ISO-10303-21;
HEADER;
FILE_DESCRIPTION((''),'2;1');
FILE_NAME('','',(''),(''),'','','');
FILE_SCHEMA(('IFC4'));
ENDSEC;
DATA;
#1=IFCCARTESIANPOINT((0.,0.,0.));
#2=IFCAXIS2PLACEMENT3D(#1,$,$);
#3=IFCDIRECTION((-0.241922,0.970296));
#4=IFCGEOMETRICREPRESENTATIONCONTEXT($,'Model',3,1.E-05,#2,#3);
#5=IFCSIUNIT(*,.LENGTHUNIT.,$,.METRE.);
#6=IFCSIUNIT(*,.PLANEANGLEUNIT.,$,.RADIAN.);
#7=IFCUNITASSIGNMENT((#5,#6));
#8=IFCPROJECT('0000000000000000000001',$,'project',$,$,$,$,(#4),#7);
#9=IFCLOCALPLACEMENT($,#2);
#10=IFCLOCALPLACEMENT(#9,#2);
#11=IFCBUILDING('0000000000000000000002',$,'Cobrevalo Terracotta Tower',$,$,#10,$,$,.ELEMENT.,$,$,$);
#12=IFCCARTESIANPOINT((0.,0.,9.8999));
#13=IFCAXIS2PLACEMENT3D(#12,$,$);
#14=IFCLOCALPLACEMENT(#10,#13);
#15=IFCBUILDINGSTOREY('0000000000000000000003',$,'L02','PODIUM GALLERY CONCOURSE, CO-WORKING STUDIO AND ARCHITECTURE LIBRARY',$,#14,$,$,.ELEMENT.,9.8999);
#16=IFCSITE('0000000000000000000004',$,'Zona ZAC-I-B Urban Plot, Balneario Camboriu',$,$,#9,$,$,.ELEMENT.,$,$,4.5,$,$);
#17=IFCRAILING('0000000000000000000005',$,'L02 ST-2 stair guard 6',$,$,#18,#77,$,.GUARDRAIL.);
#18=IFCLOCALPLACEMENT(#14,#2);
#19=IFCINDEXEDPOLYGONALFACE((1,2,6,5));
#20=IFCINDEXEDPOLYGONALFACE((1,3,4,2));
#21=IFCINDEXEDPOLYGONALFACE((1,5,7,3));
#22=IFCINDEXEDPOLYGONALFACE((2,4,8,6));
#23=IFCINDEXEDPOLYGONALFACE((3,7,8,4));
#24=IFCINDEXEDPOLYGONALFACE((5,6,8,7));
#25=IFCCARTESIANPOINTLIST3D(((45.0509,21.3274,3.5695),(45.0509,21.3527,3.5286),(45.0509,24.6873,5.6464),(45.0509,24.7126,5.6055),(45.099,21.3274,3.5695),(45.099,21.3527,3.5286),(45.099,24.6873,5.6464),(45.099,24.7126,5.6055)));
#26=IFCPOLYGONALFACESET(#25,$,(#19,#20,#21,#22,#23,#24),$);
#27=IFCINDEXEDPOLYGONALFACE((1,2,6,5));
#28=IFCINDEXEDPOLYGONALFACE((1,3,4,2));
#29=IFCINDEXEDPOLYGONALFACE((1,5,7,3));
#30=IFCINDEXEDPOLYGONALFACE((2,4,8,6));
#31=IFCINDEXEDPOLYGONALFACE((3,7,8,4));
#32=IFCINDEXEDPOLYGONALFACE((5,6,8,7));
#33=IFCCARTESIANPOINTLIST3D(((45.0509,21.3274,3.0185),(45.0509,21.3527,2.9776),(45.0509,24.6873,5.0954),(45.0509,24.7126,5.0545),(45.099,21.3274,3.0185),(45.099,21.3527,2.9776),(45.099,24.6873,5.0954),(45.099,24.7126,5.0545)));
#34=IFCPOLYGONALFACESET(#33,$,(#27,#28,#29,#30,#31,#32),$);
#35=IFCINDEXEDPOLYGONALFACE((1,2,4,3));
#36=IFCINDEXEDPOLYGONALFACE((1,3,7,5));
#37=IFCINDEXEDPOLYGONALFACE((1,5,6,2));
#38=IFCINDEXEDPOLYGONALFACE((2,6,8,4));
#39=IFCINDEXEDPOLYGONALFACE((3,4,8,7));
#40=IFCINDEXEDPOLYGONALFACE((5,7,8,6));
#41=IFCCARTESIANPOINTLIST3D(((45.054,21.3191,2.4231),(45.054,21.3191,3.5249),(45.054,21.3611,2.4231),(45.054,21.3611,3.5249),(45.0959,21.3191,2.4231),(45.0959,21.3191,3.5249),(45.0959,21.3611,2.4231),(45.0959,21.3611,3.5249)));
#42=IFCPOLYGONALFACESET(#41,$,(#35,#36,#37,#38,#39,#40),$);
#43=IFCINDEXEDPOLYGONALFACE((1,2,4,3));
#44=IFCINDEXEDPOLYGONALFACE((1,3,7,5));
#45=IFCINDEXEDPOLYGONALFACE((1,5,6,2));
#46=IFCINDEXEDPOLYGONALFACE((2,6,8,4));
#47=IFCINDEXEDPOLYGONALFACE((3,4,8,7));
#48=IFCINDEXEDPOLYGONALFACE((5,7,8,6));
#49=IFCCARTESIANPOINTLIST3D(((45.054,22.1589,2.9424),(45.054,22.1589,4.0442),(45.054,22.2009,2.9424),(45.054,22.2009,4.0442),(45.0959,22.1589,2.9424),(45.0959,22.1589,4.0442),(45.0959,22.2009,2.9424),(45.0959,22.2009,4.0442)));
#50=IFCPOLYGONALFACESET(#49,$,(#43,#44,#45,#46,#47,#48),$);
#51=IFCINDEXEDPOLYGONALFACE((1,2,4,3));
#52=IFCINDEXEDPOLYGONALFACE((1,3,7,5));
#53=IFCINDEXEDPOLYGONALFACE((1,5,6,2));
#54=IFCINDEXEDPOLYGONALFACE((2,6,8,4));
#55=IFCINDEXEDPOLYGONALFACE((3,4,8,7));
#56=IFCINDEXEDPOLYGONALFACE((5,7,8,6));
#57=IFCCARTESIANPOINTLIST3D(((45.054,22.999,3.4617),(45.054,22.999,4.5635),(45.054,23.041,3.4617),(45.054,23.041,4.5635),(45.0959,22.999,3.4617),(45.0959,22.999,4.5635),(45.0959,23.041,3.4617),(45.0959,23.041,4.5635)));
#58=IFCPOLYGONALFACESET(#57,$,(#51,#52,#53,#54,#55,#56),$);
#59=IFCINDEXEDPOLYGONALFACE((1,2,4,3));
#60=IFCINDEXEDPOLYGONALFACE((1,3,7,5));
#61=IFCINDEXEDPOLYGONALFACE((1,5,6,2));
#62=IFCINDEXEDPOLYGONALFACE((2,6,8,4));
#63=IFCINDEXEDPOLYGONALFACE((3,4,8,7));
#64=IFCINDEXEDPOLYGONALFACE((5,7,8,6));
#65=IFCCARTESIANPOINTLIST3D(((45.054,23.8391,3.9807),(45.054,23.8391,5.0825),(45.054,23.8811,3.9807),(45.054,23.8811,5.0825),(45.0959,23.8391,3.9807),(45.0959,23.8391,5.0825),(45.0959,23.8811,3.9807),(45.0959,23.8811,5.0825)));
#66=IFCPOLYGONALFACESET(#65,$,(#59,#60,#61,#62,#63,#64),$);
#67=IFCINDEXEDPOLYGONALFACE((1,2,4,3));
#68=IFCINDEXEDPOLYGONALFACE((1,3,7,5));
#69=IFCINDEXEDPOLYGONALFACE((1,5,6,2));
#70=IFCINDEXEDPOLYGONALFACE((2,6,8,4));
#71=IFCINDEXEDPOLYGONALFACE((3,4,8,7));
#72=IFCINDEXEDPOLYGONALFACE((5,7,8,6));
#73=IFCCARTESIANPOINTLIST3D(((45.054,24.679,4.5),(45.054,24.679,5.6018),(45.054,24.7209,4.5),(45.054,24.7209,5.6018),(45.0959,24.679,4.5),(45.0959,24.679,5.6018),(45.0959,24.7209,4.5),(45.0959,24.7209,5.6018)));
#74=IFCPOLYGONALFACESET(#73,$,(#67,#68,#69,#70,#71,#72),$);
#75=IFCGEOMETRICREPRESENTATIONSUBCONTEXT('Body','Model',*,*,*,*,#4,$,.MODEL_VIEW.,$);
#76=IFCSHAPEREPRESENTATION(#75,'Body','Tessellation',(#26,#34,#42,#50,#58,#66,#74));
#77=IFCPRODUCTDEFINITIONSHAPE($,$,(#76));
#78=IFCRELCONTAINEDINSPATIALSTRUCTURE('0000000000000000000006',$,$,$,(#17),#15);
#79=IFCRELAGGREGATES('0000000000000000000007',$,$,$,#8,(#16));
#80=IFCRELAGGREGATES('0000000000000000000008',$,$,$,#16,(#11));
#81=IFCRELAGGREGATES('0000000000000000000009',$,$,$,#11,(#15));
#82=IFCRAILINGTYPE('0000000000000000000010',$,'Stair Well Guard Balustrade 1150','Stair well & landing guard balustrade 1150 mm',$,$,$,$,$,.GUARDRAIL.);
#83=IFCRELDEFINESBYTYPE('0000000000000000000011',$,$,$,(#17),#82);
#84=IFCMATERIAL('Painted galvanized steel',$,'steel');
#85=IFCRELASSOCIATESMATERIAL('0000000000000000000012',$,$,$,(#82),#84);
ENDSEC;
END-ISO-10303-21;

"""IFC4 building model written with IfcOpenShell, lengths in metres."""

from ifc_helpers import new_model, si_unit, direction, frame, origin, origin_2d, place, context, subcontext, project, spatial, rectangle, extrude, material, type_object, element, save


model = new_model("IFC4")

# Units and contexts
model_context = context("Model", 3, precision=1e-05, world=origin(), true_north=direction((-0.241922, 0.970296)))
body_context = subcontext(model_context, "Body", "Model", "MODEL_VIEW")
ifc_project = project(units=[si_unit("LENGTHUNIT", "METRE"), si_unit("PLANEANGLEUNIT", "RADIAN")], contexts=[model_context])

# Site, building, storey
site_placement = place(None, origin())
site = spatial("IfcSite", under=ifc_project, at=site_placement, Name="Zona ZAC-I-B Urban Plot, Balneario Camboriu", CompositionType="ELEMENT", RefElevation=4.5)
building_placement = place(site_placement, origin())
building = spatial("IfcBuilding", under=site, at=building_placement, Name="Cobrevalo Terracotta Tower", CompositionType="ELEMENT")
storey_placement = place(building_placement, frame((0.0, 0.0, 9.8999)))
storey = spatial("IfcBuildingStorey", under=building, at=storey_placement, Name="L02", Description="PODIUM GALLERY CONCOURSE, CO-WORKING STUDIO AND ARCHITECTURE LIBRARY", CompositionType="ELEMENT", Elevation=9.8999)

# Railing
ifc_material_1 = material(Name="Painted galvanized steel", Category="steel")
railing_type_1 = type_object("IfcRailingType", Name="Stair Well Guard Balustrade 1150", Description="Stair well & landing guard balustrade 1150 mm", PredefinedType="GUARDRAIL", material=ifc_material_1)
railing_1_placement = place(storey_placement, frame((45.075, 21.3401, 2.4231)))
element("IfcRailing", 1, at=railing_1_placement, inside=storey, type_object=railing_type_1, Name="L02 ST-2 stair guard 6", PredefinedType="GUARDRAIL", context=body_context, shape_type="SweptSolid", body=[
    extrude(rectangle(XDim=0.0481, YDim=0.0481, at=origin_2d()), frame((0.0, 0.0, 1.126), z_axis=(0.0, 0.850606, 0.525803), x_axis=(-1.0, 0.0, 0.0)), (0.0, 0.0, 1.0), 3.95),
    extrude(rectangle(XDim=0.0481, YDim=0.0481, at=origin_2d()), frame((0.0, 0.0, 0.575), z_axis=(0.0, 0.850606, 0.525803), x_axis=(-1.0, 0.0, 0.0)), (0.0, 0.0, 1.0), 3.95),
    extrude(rectangle(XDim=0.042, YDim=0.042, at=origin_2d()), origin(), (0.0, 0.0, 1.0), 1.1018),
    extrude(rectangle(XDim=0.042, YDim=0.042, at=origin_2d()), frame((0.0, 0.8398, 0.5193)), (0.0, 0.0, 1.0), 1.1018),
    extrude(rectangle(XDim=0.042, YDim=0.042, at=origin_2d()), frame((0.0, 1.6799, 1.0386)), (0.0, 0.0, 1.0), 1.1018),
    extrude(rectangle(XDim=0.042, YDim=0.042, at=origin_2d()), frame((0.0, 2.52, 1.5576)), (0.0, 0.0, 1.0), 1.1018),
    extrude(rectangle(XDim=0.042, YDim=0.042, at=origin_2d()), frame((0.0, 3.3599, 2.0769)), (0.0, 0.0, 1.0), 1.1018),
])

save(model, "model.ifc")
